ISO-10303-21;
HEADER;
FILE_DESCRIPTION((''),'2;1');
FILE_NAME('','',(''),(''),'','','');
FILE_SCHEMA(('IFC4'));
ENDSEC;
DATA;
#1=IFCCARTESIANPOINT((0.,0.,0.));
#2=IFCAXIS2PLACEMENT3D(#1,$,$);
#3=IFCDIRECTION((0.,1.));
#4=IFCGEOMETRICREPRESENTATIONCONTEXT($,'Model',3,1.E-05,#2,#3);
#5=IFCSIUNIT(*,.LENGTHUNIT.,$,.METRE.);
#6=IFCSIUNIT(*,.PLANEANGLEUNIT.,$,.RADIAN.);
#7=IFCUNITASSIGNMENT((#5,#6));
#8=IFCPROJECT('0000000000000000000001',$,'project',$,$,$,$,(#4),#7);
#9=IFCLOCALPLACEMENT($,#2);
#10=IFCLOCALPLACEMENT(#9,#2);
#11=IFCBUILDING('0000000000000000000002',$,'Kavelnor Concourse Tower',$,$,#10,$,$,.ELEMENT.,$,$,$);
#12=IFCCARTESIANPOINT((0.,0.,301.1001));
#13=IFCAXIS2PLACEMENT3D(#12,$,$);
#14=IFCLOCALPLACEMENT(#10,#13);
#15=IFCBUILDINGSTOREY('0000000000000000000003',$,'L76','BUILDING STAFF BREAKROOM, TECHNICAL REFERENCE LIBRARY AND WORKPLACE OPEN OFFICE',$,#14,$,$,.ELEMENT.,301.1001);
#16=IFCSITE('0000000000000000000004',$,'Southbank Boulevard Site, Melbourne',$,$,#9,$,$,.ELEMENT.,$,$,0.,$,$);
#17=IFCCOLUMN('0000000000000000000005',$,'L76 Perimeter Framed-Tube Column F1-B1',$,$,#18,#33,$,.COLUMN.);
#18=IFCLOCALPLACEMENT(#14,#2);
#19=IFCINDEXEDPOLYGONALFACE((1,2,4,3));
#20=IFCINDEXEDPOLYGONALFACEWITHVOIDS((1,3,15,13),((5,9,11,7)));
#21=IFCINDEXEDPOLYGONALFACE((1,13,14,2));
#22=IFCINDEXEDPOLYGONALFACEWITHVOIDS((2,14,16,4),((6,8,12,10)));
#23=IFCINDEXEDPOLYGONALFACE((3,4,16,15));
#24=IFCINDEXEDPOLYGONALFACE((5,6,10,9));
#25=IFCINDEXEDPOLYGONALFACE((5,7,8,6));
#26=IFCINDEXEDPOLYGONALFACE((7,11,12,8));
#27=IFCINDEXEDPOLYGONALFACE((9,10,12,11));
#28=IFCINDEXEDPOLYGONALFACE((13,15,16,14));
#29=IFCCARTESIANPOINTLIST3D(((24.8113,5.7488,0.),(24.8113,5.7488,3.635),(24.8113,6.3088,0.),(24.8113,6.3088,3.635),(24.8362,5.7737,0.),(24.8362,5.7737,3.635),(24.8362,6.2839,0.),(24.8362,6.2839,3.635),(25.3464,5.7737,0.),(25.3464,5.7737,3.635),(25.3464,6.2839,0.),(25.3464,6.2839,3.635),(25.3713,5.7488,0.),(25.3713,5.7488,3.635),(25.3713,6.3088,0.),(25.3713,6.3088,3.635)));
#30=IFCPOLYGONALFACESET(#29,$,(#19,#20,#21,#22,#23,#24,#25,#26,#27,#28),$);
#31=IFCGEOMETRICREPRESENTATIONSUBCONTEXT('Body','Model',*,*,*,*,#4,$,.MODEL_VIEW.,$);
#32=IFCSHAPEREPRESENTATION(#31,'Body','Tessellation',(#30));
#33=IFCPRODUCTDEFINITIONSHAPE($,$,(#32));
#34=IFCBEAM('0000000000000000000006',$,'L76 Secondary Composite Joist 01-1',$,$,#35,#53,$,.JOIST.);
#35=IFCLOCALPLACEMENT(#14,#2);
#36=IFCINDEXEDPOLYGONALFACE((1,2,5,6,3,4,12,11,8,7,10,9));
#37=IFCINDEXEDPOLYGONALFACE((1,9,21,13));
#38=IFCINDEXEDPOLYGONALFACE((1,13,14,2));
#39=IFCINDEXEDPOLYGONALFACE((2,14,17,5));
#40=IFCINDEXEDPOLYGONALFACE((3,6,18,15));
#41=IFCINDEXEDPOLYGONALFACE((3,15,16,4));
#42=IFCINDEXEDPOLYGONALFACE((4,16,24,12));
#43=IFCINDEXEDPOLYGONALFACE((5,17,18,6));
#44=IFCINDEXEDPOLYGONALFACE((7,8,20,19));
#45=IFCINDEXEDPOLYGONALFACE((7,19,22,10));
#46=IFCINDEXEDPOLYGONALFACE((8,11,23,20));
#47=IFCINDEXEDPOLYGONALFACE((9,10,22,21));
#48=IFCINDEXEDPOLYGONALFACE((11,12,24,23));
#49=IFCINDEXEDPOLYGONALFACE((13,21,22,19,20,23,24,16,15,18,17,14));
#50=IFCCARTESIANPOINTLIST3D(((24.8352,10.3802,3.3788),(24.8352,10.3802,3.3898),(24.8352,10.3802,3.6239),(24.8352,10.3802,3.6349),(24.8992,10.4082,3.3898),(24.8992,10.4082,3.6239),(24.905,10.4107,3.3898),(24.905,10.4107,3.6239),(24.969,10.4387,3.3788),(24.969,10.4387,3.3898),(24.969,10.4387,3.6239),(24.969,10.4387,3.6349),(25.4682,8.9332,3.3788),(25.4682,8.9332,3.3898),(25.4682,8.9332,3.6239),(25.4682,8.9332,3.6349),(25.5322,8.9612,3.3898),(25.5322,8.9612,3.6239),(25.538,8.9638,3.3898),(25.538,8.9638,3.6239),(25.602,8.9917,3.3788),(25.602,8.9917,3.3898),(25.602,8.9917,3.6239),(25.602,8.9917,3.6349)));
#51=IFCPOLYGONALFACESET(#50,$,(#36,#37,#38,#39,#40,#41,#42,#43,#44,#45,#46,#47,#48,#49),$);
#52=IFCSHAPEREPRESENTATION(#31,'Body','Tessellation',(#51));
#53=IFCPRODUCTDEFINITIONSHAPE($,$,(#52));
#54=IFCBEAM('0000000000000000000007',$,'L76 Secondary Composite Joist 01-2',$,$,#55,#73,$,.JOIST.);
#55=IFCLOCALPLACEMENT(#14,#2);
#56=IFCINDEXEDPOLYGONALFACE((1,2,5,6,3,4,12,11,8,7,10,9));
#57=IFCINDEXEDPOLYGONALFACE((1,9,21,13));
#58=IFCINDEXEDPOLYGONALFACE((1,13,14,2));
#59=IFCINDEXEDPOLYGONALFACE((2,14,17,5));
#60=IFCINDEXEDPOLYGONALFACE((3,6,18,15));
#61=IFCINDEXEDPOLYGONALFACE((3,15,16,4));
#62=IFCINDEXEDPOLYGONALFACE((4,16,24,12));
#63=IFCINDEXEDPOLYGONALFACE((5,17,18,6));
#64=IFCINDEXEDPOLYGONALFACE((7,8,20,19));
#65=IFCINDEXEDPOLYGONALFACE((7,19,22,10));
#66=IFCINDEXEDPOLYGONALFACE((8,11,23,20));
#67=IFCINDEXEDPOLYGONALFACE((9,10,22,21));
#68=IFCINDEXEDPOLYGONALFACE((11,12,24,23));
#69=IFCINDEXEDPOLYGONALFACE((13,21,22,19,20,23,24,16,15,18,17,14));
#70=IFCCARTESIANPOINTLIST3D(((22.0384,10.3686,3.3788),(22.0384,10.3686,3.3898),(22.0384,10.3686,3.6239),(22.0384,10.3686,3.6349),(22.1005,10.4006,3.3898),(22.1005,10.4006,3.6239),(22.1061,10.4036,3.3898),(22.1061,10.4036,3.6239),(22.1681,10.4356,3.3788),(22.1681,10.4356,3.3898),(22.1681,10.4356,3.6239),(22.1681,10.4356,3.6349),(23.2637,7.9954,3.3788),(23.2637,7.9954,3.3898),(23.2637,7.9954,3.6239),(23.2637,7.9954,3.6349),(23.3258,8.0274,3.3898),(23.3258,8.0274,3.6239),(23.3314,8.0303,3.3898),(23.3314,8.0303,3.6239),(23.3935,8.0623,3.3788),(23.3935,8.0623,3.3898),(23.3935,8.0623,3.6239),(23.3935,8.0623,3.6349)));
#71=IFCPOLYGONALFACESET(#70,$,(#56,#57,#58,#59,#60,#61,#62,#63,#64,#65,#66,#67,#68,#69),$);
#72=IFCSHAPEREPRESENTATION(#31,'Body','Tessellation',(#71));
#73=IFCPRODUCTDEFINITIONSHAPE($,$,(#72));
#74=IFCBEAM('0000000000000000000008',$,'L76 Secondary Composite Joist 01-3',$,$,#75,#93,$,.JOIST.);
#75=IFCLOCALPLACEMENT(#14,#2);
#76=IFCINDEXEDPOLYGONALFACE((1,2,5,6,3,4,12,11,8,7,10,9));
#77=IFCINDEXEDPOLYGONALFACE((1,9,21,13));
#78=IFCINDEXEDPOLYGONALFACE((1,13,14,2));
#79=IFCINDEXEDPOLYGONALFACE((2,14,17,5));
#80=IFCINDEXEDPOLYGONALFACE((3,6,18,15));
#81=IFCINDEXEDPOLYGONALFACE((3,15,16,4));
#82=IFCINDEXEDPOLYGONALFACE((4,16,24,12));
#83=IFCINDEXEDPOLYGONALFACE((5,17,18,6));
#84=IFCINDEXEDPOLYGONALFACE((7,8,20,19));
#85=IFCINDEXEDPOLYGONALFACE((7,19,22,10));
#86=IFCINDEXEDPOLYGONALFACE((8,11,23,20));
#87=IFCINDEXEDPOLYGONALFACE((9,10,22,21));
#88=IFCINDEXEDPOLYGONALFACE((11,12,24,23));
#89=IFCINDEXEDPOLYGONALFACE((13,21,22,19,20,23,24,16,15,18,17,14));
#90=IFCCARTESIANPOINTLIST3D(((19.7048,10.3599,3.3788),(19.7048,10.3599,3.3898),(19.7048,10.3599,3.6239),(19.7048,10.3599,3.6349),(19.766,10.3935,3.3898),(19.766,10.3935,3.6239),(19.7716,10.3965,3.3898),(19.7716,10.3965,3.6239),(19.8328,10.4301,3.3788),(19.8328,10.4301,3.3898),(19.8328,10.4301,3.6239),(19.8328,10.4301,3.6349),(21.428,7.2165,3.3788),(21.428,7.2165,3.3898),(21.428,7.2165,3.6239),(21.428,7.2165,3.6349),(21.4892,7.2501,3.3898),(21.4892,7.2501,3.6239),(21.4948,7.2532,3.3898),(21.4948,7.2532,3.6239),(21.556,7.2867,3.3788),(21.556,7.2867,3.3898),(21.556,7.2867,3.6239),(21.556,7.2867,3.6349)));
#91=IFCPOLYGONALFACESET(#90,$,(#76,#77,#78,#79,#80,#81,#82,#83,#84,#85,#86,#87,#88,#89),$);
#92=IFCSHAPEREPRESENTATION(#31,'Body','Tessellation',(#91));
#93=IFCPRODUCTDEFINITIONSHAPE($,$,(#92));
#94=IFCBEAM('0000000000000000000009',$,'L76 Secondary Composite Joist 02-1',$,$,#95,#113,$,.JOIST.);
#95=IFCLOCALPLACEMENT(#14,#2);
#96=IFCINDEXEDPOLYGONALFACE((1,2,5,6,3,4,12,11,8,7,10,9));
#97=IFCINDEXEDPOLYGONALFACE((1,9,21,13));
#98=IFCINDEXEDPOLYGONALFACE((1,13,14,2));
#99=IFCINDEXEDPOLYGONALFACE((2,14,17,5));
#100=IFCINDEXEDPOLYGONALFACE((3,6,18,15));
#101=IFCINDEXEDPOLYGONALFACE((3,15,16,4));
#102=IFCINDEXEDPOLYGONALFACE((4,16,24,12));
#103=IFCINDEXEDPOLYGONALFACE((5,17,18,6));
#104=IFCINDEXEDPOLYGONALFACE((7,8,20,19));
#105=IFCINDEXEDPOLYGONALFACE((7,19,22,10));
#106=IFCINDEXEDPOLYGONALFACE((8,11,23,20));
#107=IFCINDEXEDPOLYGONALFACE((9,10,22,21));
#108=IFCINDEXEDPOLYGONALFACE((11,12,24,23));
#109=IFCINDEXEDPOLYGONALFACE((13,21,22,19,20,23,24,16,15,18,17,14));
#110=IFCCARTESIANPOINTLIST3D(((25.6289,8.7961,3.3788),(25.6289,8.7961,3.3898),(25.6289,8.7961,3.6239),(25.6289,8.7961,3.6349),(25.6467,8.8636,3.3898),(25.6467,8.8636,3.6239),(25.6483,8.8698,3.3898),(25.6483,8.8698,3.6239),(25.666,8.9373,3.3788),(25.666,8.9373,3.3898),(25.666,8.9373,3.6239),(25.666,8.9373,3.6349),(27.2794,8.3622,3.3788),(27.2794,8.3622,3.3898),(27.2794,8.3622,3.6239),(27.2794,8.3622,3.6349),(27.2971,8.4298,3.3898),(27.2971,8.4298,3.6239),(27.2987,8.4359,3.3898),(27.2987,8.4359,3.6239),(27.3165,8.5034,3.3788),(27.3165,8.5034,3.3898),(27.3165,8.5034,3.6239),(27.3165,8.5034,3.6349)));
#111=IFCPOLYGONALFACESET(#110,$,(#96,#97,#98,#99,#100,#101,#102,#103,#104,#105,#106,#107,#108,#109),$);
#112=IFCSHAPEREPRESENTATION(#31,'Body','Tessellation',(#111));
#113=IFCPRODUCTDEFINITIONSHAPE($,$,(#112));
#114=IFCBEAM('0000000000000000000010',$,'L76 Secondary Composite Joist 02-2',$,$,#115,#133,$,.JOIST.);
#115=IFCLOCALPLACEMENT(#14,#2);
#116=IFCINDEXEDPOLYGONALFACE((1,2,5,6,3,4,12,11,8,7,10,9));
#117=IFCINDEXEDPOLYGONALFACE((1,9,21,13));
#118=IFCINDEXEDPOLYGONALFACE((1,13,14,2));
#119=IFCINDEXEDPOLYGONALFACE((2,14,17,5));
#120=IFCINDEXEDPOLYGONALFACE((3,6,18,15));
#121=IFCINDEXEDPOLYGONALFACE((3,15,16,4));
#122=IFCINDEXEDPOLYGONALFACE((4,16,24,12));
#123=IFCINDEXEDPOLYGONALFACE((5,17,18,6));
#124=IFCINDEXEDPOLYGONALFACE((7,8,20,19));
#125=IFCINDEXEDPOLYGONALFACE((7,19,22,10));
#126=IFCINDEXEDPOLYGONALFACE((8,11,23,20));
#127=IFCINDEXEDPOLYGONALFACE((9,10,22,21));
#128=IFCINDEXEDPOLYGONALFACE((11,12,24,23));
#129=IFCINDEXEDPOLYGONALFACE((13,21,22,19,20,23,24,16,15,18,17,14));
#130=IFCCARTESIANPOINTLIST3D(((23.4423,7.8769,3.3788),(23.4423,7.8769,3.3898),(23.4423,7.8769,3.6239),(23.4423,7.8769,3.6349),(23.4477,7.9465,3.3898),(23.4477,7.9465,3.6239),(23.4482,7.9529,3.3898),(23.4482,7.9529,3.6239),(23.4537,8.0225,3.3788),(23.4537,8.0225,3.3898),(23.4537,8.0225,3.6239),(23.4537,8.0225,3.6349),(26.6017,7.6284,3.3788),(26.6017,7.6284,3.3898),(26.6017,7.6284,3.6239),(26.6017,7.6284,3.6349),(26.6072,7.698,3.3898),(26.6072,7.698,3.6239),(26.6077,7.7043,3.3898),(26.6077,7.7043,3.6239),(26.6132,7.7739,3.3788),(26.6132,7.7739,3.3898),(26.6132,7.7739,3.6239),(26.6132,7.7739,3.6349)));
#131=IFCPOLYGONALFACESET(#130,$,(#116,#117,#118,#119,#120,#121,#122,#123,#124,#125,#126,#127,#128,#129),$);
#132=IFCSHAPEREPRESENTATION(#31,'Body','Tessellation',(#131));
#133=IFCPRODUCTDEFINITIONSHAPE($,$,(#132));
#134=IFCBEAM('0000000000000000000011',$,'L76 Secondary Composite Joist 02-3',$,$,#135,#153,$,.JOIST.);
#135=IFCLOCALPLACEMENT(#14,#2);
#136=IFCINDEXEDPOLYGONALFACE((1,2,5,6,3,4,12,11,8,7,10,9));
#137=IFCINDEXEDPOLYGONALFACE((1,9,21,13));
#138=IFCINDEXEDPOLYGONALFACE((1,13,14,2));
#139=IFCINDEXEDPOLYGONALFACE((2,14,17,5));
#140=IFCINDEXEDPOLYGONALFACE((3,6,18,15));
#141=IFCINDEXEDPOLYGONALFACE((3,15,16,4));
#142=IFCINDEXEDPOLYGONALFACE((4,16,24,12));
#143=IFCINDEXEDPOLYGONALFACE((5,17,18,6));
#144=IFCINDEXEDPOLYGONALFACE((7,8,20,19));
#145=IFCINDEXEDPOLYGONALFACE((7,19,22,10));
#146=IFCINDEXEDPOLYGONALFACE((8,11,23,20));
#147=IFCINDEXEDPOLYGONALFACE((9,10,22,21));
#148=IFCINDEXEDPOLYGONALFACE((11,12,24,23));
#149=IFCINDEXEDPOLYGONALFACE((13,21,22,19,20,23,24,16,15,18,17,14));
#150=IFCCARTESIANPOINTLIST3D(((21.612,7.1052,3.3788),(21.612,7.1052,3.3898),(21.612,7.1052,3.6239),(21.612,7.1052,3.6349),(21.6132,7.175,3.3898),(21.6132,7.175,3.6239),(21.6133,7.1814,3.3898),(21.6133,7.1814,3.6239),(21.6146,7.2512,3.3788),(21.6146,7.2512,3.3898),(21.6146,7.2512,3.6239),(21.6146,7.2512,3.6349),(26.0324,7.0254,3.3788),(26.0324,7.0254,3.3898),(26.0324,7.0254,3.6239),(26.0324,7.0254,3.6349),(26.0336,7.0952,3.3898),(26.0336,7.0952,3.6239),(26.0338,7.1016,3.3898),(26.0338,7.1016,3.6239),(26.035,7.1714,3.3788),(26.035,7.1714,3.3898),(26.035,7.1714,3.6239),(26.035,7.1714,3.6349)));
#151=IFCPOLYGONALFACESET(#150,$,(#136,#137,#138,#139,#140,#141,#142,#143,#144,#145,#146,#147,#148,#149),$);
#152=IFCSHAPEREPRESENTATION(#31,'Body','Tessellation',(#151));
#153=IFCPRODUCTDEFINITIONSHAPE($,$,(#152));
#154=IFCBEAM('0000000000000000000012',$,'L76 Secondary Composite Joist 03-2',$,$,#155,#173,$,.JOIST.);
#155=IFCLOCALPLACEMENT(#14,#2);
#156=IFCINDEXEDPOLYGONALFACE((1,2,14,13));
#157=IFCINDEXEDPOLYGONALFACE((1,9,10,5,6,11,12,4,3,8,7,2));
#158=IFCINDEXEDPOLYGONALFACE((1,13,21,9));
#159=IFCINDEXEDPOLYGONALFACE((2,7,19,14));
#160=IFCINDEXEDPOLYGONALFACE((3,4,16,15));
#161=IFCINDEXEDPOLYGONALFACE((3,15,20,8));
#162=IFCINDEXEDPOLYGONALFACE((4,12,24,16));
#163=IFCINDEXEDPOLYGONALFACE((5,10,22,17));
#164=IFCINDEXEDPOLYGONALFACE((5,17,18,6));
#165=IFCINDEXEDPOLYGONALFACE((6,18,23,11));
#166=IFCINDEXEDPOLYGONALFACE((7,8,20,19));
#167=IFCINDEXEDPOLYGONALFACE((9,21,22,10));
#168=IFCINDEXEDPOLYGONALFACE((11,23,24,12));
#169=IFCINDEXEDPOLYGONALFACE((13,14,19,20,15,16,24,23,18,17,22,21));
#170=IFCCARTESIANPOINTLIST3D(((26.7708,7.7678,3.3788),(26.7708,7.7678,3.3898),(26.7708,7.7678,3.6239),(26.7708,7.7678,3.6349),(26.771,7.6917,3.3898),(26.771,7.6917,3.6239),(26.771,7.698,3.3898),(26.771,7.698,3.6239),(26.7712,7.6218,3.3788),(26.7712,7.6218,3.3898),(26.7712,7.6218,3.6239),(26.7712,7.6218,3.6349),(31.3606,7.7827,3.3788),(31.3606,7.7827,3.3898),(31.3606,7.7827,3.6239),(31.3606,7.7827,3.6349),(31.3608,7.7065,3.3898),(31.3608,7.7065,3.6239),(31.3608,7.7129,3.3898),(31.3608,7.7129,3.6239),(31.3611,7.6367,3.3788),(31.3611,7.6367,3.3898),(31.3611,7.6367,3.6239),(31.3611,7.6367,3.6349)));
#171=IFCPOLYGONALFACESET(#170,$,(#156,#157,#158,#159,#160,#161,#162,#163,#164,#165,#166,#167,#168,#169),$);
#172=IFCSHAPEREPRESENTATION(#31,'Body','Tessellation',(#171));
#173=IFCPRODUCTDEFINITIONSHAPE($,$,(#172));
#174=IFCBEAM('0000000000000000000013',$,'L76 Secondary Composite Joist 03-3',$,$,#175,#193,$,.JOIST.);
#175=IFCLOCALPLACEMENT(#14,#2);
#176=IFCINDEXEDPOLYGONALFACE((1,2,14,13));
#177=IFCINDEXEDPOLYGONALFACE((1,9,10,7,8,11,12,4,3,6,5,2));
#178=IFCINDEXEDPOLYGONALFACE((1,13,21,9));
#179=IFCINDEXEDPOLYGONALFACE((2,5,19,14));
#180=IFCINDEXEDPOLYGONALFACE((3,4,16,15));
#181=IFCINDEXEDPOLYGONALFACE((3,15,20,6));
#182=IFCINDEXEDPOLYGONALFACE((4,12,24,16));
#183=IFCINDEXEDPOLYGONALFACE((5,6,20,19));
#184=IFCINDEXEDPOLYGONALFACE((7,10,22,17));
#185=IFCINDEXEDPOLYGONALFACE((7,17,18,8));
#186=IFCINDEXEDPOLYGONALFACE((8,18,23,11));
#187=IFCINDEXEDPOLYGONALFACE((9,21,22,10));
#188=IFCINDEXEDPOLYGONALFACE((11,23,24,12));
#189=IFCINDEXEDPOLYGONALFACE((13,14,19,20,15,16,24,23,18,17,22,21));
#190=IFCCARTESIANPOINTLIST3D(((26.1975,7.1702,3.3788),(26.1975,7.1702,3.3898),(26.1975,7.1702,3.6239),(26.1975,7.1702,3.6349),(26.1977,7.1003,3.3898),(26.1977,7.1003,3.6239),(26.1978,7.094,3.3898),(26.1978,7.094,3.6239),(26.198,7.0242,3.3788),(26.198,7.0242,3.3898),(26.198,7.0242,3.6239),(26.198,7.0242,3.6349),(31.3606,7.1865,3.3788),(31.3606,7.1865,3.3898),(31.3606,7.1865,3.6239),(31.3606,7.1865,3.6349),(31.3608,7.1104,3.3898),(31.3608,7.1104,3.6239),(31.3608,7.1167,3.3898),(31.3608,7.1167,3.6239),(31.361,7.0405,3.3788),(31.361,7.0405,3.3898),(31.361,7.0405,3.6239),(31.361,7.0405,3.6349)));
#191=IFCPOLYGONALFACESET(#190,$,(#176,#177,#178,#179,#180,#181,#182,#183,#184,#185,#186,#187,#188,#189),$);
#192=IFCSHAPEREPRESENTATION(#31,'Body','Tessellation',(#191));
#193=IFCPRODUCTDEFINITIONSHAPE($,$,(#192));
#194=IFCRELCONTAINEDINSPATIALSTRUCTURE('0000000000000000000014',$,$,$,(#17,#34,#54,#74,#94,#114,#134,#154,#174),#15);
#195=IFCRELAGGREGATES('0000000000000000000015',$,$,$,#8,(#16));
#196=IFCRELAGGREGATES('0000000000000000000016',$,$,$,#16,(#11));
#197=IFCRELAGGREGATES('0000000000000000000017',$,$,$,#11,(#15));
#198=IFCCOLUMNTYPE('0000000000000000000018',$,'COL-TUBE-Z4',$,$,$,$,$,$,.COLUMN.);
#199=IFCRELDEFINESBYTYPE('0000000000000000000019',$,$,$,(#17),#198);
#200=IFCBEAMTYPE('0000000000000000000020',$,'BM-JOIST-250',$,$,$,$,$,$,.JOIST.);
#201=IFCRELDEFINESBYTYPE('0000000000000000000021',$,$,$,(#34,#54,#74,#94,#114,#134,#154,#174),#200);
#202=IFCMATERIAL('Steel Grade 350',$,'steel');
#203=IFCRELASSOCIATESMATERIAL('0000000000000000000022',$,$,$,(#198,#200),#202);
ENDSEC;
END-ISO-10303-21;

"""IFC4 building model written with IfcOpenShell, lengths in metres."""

from ifc_helpers import new_model, si_unit, direction, frame, origin, origin_2d, place, context, subcontext, project, spatial, hollow_rectangle, i_section, extrude, material, material_profile, profile_set, type_object, element, save


model = new_model("IFC4")

# Units and contexts
model_context = context("Model", 3, precision=1e-05, world=origin(), true_north=direction((0.0, 1.0)))
body_context = subcontext(model_context, "Body", "Model", "MODEL_VIEW")
ifc_project = project(units=[si_unit("LENGTHUNIT", "METRE"), si_unit("PLANEANGLEUNIT", "RADIAN")], contexts=[model_context])

# Site, building, storey
site_placement = place(None, origin())
site = spatial("IfcSite", under=ifc_project, at=site_placement, Name="Southbank Boulevard Site, Melbourne", CompositionType="ELEMENT", RefElevation=0.0)
building_placement = place(site_placement, origin())
building = spatial("IfcBuilding", under=site, at=building_placement, Name="Kavelnor Concourse Tower", CompositionType="ELEMENT")
storey_placement = place(building_placement, frame((0.0, 0.0, 301.1001)))
storey = spatial("IfcBuildingStorey", under=building, at=storey_placement, Name="L76", Description="BUILDING STAFF BREAKROOM, TECHNICAL REFERENCE LIBRARY AND WORKPLACE OPEN OFFICE", CompositionType="ELEMENT", Elevation=301.1001)

# Column
ifc_material_1 = material(Name="Steel Grade 350", Category="steel")
ifc_material_profile_1 = material_profile(ifc_material_1, hollow_rectangle(XDim=0.5601, YDim=0.5601, WallThickness=0.0249, at=origin_2d()), Name="SHS 560x560x25")
ifc_profile_set_1 = profile_set([ifc_material_profile_1], Name="Steel Grade 350")
column_type = type_object("IfcColumnType", Name="COL-TUBE-Z4", PredefinedType="COLUMN", material=ifc_profile_set_1)
column_placement = place(storey_placement, frame((25.0913, 6.0288, 0.0), z_axis=(0.0, 0.0, 1.0), x_axis=(1.0, 0.0, 0.0)))
element("IfcColumn", 1, at=column_placement, inside=storey, type_object=column_type, Name="L76 Perimeter Framed-Tube Column F1-B1", PredefinedType="COLUMN", context=body_context, shape_type="SweptSolid", body=[
    extrude(hollow_rectangle(XDim=0.5601, YDim=0.5601, WallThickness=0.0249, at=origin_2d()), origin(), (0.0, 0.0, 1.0), 3.635),
])

# Beams
ifc_material_profile_2 = material_profile(ifc_material_1, i_section(OverallWidth=0.146, OverallDepth=0.2561, WebThickness=0.0063, FlangeThickness=0.011, at=origin_2d()), Name="250UB37")
ifc_profile_set_2 = profile_set([ifc_material_profile_2], Name="Steel Grade 350")
beam_type_1 = type_object("IfcBeamType", Name="BM-JOIST-250", PredefinedType="JOIST", material=ifc_profile_set_2)
beam_1_placement = place(storey_placement, frame((24.9021, 10.4094, 3.5068), z_axis=(0.400811, -0.916161, 0.0), x_axis=(0.916161, 0.400811, 0.0)))
element("IfcBeam", 2, at=beam_1_placement, inside=storey, type_object=beam_type_1, Name="L76 Secondary Composite Joist 01-1", PredefinedType="JOIST", context=body_context, shape_type="SweptSolid", body=[
    extrude(i_section(OverallWidth=0.146, OverallDepth=0.2561, WebThickness=0.0063, FlangeThickness=0.011, at=origin_2d()), origin(), (0.0, 0.0, 1.0), 1.5793),
])
beam_2_placement = place(storey_placement, frame((22.1033, 10.4021, 3.5068), z_axis=(0.458766, -0.888557, 0.0), x_axis=(0.888557, 0.458766, 0.0)))
element("IfcBeam", 3, at=beam_2_placement, inside=storey, type_object=beam_type_1, Name="L76 Secondary Composite Joist 01-2", PredefinedType="JOIST", context=body_context, shape_type="SweptSolid", body=[
    extrude(i_section(OverallWidth=0.146, OverallDepth=0.2561, WebThickness=0.0063, FlangeThickness=0.011, at=origin_2d()), origin(), (0.0, 0.0, 1.0), 2.6709),
])
beam_3_placement = place(storey_placement, frame((19.7688, 10.395, 3.5068), z_axis=(0.480703, -0.876884, 0.0), x_axis=(0.876884, 0.480703, 0.0)))
element("IfcBeam", 4, at=beam_3_placement, inside=storey, type_object=beam_type_1, Name="L76 Secondary Composite Joist 01-3", PredefinedType="JOIST", context=body_context, shape_type="SweptSolid", body=[
    extrude(i_section(OverallWidth=0.146, OverallDepth=0.2561, WebThickness=0.0063, FlangeThickness=0.011, at=origin_2d()), origin(), (0.0, 0.0, 1.0), 3.5847),
])
beam_4_placement = place(storey_placement, frame((25.6475, 8.8667, 3.5068), z_axis=(0.967143, -0.254233, 0.0), x_axis=(0.254233, 0.967143, 0.0)))
element("IfcBeam", 5, at=beam_4_placement, inside=storey, type_object=beam_type_1, Name="L76 Secondary Composite Joist 02-1", PredefinedType="JOIST", context=body_context, shape_type="SweptSolid", body=[
    extrude(i_section(OverallWidth=0.146, OverallDepth=0.2561, WebThickness=0.0063, FlangeThickness=0.011, at=origin_2d()), origin(), (0.0, 0.0, 1.0), 1.7065),
])
beam_5_placement = place(storey_placement, frame((23.448, 7.9497, 3.5068), z_axis=(0.99692, -0.078422, 0.0), x_axis=(0.078422, 0.99692, 0.0)))
element("IfcBeam", 6, at=beam_5_placement, inside=storey, type_object=beam_type_1, Name="L76 Secondary Composite Joist 02-2", PredefinedType="JOIST", context=body_context, shape_type="SweptSolid", body=[
    extrude(i_section(OverallWidth=0.146, OverallDepth=0.2561, WebThickness=0.0063, FlangeThickness=0.011, at=origin_2d()), origin(), (0.0, 0.0, 1.0), 3.1692),
])
beam_6_placement = place(storey_placement, frame((21.6133, 7.1782, 3.5068), z_axis=(0.999837, -0.018057, 0.0), x_axis=(0.018057, 0.999837, 0.0)))
element("IfcBeam", 7, at=beam_6_placement, inside=storey, type_object=beam_type_1, Name="L76 Secondary Composite Joist 02-3", PredefinedType="JOIST", context=body_context, shape_type="SweptSolid", body=[
    extrude(i_section(OverallWidth=0.146, OverallDepth=0.2561, WebThickness=0.0063, FlangeThickness=0.011, at=origin_2d()), origin(), (0.0, 0.0, 1.0), 4.4211),
])
beam_7_placement = place(storey_placement, frame((26.771, 7.6948, 3.5068), z_axis=(0.999995, 0.003245, 0.0), x_axis=(-0.003245, 0.999995, 0.0)))
element("IfcBeam", 8, at=beam_7_placement, inside=storey, type_object=beam_type_1, Name="L76 Secondary Composite Joist 03-2", PredefinedType="JOIST", context=body_context, shape_type="SweptSolid", body=[
    extrude(i_section(OverallWidth=0.146, OverallDepth=0.2561, WebThickness=0.0063, FlangeThickness=0.011, at=origin_2d()), origin(), (0.0, 0.0, 1.0), 4.5898),
])
beam_8_placement = place(storey_placement, frame((26.1978, 7.0972, 3.5068), z_axis=(0.999995, 0.003168, 0.0), x_axis=(-0.003168, 0.999995, 0.0)))
element("IfcBeam", 9, at=beam_8_placement, inside=storey, type_object=beam_type_1, Name="L76 Secondary Composite Joist 03-3", PredefinedType="JOIST", context=body_context, shape_type="SweptSolid", body=[
    extrude(i_section(OverallWidth=0.146, OverallDepth=0.2561, WebThickness=0.0063, FlangeThickness=0.011, at=origin_2d()), origin(), (0.0, 0.0, 1.0), 5.1631),
])

save(model, "model.ifc")
